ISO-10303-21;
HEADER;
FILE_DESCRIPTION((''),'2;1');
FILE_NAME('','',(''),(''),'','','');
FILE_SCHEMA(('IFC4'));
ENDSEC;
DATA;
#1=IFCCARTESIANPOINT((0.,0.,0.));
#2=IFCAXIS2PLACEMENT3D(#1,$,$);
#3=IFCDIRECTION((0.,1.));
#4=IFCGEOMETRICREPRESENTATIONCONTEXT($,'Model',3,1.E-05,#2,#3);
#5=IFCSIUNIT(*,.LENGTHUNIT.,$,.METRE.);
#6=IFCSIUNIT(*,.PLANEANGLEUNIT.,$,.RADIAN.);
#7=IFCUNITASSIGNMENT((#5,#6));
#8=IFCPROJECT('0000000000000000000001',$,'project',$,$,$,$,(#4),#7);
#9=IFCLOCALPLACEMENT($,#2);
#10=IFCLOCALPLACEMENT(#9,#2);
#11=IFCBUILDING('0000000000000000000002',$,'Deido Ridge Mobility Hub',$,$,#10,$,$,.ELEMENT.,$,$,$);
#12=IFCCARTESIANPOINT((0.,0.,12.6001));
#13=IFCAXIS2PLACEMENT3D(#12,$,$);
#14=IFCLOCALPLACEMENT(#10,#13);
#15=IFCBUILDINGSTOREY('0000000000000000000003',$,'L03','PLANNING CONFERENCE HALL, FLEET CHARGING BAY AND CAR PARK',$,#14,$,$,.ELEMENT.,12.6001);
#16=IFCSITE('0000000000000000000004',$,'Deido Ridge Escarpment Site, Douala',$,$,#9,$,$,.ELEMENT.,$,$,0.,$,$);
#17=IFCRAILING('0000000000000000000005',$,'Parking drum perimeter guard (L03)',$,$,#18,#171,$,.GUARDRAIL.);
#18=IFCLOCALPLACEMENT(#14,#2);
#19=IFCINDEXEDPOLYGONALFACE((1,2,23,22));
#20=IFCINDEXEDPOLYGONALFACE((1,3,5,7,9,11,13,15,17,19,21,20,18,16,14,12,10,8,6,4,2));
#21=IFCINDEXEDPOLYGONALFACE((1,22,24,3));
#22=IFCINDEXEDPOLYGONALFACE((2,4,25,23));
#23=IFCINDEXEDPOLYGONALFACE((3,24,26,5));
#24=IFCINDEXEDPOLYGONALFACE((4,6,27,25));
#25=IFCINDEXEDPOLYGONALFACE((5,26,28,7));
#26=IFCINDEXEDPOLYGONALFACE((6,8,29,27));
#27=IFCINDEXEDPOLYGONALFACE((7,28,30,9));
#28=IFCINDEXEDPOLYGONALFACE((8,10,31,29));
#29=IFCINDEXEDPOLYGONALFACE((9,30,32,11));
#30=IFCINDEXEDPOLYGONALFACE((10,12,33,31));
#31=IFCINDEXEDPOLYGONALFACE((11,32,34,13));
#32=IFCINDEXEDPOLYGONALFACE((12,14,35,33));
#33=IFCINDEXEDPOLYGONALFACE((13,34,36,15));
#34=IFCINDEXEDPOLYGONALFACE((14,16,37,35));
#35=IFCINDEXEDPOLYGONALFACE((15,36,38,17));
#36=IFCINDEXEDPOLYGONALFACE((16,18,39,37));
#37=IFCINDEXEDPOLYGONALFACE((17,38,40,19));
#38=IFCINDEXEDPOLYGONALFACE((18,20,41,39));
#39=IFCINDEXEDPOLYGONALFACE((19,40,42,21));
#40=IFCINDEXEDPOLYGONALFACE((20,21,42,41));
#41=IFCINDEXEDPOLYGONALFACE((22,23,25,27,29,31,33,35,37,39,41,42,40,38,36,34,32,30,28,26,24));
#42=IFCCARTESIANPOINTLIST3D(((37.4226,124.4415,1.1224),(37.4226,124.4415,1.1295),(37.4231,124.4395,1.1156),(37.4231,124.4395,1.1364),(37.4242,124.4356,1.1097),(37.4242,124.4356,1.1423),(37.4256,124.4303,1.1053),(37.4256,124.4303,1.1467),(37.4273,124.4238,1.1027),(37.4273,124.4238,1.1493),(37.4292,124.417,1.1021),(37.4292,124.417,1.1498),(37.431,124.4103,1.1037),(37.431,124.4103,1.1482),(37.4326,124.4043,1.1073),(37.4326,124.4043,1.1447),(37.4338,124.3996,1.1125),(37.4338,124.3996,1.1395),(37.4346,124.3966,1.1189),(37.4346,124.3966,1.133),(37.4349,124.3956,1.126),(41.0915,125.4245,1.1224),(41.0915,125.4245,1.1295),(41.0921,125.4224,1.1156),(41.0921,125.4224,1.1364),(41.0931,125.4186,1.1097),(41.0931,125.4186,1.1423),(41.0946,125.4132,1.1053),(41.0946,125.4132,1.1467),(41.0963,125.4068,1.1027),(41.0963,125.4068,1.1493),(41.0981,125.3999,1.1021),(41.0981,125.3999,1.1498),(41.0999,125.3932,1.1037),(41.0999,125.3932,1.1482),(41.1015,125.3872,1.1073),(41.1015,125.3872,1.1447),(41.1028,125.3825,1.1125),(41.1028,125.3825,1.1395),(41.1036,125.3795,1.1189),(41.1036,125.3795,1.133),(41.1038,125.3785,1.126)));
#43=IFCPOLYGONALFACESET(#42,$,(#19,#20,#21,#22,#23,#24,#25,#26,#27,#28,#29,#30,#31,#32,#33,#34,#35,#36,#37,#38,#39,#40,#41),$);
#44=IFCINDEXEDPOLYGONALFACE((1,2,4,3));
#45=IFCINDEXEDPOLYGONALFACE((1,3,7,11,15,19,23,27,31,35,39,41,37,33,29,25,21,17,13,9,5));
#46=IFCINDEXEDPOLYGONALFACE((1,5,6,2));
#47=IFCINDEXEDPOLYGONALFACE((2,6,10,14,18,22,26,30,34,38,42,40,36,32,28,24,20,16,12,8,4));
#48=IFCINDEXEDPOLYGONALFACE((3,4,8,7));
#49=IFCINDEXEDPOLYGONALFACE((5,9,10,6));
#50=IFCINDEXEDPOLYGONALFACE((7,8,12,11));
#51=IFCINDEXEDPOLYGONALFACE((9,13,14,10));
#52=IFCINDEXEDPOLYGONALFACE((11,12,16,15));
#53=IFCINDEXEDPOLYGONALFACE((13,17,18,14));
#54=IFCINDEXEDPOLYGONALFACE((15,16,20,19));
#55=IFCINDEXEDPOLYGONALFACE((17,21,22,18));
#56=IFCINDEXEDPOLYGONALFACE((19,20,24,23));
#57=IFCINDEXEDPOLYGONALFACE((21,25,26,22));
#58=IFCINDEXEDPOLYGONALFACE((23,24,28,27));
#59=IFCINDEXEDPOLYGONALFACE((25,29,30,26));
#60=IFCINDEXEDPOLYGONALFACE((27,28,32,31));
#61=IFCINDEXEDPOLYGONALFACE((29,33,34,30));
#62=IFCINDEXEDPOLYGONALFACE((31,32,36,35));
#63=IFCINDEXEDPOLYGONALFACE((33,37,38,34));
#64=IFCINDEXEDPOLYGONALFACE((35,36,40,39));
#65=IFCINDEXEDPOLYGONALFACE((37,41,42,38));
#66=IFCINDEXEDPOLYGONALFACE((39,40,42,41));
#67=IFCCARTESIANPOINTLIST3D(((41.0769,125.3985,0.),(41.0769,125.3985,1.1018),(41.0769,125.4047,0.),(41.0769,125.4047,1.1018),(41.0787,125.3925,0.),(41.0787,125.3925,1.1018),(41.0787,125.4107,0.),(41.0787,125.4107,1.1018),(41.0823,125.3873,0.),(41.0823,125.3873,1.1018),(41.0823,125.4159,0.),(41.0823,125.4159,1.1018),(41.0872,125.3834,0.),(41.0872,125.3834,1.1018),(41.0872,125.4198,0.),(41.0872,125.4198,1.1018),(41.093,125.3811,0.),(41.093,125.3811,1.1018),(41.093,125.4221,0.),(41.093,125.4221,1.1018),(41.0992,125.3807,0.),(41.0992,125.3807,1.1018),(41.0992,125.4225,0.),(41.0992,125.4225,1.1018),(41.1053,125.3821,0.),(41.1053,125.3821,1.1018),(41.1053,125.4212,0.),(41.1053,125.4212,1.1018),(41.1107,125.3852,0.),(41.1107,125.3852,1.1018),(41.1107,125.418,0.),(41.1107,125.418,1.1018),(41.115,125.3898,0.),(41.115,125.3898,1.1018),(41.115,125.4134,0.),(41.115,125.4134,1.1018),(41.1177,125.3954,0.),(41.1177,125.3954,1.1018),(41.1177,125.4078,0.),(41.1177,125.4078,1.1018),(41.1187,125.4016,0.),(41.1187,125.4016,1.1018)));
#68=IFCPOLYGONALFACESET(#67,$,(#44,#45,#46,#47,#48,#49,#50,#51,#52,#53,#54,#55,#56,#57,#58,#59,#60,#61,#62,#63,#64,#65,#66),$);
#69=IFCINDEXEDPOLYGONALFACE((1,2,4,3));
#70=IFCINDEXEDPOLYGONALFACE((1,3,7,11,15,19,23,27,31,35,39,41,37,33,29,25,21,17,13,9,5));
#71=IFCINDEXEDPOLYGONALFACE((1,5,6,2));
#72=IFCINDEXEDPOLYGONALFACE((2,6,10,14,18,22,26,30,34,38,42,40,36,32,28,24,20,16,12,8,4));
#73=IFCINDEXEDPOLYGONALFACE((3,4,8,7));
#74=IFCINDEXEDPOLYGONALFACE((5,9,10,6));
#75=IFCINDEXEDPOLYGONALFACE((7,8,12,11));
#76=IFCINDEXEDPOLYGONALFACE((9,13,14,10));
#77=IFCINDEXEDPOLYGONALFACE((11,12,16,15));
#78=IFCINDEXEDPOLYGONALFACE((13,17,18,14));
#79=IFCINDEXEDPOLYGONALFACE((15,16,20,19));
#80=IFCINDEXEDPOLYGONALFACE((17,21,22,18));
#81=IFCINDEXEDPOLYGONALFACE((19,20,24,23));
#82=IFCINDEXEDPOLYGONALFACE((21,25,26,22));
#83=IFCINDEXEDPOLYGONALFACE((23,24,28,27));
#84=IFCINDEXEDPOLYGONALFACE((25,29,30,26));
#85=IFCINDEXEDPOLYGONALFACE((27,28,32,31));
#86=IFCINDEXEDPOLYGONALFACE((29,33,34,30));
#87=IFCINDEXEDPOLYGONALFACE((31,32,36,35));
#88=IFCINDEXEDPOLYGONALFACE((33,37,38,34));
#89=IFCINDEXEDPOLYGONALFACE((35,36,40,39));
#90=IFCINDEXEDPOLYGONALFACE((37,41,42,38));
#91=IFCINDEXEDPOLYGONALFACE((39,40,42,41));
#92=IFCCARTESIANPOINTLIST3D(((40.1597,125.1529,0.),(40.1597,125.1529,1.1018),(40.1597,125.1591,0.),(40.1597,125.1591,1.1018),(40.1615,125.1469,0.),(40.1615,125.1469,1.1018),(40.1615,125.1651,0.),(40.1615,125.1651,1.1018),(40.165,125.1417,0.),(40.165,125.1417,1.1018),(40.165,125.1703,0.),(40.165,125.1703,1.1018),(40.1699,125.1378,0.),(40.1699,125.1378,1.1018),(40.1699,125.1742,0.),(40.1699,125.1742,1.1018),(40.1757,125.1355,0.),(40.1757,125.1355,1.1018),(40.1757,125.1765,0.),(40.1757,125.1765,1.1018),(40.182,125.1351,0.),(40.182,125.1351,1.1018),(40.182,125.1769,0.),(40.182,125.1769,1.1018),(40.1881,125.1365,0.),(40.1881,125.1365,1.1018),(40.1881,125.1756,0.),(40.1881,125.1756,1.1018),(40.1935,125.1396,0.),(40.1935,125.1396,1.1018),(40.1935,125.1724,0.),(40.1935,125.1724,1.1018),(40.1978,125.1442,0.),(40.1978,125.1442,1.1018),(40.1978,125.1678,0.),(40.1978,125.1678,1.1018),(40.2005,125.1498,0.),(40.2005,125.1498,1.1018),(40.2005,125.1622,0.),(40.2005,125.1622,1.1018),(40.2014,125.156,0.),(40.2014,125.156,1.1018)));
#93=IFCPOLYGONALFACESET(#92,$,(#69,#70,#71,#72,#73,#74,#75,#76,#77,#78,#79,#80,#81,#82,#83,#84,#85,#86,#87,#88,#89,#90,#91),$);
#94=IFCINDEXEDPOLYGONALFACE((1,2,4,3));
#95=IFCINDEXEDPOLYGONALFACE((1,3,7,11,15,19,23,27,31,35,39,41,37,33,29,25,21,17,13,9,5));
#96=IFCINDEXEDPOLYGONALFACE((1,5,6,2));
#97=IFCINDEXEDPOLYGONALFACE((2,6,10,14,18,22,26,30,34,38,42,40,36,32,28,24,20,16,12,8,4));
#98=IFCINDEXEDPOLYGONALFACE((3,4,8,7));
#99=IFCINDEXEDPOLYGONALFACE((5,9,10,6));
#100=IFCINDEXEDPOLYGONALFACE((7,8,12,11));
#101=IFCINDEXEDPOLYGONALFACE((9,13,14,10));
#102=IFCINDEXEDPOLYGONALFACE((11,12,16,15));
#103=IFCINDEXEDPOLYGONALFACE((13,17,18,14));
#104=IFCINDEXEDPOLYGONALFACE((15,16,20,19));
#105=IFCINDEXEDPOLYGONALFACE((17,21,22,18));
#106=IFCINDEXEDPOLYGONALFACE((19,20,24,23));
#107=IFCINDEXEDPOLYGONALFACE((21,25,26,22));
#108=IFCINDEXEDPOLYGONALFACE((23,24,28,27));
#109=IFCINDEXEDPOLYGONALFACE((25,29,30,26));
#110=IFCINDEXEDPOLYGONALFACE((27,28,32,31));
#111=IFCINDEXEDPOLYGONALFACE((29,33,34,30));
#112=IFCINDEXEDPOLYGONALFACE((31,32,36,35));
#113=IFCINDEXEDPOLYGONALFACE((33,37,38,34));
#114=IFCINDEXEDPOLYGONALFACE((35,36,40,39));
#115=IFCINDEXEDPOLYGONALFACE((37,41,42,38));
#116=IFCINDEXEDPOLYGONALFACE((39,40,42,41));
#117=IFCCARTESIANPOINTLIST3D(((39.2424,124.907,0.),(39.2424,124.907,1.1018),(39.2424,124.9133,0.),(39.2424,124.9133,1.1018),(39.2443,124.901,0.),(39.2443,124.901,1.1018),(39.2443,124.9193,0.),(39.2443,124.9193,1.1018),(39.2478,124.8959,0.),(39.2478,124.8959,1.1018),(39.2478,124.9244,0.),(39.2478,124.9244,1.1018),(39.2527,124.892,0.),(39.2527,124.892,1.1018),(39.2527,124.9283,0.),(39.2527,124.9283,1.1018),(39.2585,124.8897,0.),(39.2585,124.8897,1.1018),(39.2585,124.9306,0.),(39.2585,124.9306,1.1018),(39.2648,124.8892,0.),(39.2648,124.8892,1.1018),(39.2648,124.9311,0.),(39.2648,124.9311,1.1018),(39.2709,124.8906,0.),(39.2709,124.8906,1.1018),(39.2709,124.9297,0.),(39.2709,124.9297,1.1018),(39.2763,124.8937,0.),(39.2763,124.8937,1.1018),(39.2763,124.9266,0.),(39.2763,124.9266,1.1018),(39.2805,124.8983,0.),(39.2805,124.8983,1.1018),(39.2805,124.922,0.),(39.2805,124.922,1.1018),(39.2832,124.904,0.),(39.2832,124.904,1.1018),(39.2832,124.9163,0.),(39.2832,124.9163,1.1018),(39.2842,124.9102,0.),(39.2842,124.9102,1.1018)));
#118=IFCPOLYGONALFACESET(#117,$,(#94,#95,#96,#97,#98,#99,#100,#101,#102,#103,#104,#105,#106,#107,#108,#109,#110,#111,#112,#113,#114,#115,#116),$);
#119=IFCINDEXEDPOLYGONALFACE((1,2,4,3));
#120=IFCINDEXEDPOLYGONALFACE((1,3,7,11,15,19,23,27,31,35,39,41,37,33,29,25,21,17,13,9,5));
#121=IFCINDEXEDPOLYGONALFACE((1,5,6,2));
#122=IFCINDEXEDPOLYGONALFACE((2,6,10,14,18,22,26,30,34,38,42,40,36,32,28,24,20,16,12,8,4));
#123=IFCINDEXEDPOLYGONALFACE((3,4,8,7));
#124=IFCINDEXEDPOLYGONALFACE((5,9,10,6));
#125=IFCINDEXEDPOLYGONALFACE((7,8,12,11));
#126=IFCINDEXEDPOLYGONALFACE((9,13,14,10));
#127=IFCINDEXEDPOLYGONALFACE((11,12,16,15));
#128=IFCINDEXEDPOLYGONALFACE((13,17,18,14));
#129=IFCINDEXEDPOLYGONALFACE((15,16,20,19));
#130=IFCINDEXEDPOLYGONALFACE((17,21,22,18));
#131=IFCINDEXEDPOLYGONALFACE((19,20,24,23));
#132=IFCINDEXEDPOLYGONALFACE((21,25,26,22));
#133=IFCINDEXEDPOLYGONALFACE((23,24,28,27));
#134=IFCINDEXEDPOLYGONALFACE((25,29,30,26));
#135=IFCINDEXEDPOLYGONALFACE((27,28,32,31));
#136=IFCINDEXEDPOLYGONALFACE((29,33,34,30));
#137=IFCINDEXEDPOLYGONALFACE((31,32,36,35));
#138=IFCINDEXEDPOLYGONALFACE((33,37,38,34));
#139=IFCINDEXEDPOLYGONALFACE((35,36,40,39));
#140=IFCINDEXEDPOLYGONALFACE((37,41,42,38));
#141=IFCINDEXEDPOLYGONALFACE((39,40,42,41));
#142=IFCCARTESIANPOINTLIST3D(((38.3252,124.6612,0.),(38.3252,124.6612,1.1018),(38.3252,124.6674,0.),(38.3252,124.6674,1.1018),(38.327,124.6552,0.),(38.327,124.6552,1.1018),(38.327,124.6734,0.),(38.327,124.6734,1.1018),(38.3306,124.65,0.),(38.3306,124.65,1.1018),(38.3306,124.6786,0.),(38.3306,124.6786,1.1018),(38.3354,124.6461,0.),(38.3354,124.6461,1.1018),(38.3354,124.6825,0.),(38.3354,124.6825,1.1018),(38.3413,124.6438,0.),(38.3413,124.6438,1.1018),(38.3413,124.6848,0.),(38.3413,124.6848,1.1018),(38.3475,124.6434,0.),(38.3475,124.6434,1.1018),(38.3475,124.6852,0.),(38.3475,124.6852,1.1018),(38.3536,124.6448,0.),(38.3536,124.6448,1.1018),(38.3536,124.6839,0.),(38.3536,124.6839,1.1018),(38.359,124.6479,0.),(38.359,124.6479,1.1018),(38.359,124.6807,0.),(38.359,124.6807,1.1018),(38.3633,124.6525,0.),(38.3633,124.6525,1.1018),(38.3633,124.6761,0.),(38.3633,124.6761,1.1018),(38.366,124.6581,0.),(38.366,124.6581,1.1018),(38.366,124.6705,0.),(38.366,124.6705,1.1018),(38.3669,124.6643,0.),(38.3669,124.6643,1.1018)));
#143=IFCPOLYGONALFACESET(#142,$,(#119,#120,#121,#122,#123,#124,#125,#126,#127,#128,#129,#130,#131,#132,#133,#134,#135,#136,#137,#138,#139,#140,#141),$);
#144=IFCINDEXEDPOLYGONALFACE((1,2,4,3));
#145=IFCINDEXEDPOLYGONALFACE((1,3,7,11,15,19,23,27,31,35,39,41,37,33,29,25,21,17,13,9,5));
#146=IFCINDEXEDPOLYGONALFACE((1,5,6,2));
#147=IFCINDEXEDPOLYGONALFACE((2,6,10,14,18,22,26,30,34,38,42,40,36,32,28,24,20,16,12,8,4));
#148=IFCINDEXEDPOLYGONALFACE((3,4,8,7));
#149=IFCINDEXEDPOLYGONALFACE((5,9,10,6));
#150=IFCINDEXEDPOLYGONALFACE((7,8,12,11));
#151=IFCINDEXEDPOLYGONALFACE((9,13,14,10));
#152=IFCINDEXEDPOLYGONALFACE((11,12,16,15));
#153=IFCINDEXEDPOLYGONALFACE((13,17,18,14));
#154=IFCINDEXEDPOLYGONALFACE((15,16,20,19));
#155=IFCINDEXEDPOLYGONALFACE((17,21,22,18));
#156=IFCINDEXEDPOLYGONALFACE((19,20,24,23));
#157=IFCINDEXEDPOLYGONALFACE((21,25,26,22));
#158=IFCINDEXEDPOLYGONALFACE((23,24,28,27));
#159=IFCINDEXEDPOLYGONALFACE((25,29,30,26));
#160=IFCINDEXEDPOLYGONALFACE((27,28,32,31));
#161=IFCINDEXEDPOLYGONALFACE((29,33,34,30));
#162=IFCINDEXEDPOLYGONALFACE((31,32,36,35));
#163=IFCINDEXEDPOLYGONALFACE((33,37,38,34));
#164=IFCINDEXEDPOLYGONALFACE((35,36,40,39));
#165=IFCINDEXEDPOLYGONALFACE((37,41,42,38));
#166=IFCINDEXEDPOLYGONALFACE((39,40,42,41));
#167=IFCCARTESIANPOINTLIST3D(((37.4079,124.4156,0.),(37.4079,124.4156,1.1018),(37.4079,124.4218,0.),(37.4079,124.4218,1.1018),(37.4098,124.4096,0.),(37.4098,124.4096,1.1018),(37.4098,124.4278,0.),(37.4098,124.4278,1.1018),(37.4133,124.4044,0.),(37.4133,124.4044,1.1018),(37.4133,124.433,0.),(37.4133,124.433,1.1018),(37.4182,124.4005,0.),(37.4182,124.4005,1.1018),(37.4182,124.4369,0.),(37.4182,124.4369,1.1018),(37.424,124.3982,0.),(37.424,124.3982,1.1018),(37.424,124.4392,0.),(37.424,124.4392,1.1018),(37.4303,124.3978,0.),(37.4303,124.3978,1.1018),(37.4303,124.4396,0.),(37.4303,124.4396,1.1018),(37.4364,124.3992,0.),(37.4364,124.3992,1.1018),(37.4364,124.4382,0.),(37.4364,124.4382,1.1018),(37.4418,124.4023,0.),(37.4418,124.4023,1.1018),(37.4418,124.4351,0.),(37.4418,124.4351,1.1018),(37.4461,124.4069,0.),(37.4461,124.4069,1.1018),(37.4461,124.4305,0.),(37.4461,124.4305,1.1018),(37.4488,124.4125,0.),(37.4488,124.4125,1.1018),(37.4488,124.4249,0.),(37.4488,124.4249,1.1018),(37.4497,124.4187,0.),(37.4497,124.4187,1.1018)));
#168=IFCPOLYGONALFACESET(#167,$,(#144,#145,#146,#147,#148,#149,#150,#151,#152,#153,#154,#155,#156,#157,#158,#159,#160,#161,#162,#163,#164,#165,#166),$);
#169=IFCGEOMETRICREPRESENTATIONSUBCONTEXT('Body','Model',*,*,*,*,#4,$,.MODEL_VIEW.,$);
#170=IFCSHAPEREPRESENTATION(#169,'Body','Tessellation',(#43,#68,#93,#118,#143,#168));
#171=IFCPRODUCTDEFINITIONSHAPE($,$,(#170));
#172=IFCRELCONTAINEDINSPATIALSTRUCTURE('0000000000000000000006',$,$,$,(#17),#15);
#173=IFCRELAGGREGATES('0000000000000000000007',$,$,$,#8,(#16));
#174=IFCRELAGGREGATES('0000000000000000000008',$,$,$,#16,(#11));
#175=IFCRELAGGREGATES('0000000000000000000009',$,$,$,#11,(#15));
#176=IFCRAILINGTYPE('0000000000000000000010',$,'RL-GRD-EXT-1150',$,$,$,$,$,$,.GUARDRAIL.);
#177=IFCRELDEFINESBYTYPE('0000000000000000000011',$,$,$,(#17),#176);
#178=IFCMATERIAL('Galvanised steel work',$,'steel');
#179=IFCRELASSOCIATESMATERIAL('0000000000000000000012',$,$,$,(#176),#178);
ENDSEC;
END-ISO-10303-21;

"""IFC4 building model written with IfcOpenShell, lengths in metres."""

from ifc_helpers import new_model, si_unit, direction, frame, origin, origin_2d, place, context, subcontext, project, spatial, circle, extrude, material, type_object, element, save


model = new_model("IFC4")

# Units and contexts
model_context = context("Model", 3, precision=1e-05, world=origin(), true_north=direction((0.0, 1.0)))
body_context = subcontext(model_context, "Body", "Model", "MODEL_VIEW")
ifc_project = project(units=[si_unit("LENGTHUNIT", "METRE"), si_unit("PLANEANGLEUNIT", "RADIAN")], contexts=[model_context])

# Site, building, storey
site_placement = place(None, origin())
site = spatial("IfcSite", under=ifc_project, at=site_placement, Name="Deido Ridge Escarpment Site, Douala", CompositionType="ELEMENT", RefElevation=0.0)
building_placement = place(site_placement, origin())
building = spatial("IfcBuilding", under=site, at=building_placement, Name="Deido Ridge Mobility Hub", CompositionType="ELEMENT")
storey_placement = place(building_placement, frame((0.0, 0.0, 12.6001)))
storey = spatial("IfcBuildingStorey", under=building, at=storey_placement, Name="L03", Description="PLANNING CONFERENCE HALL, FLEET CHARGING BAY AND CAR PARK", CompositionType="ELEMENT", Elevation=12.6001)

# Railing
ifc_material_1 = material(Name="Galvanised steel work", Category="steel")
railing_type = type_object("IfcRailingType", Name="RL-GRD-EXT-1150", PredefinedType="GUARDRAIL", material=ifc_material_1)
railing_1_placement = place(storey_placement, frame((41.0977, 125.4016, 0.0)))
element("IfcRailing", 1, at=railing_1_placement, inside=storey, type_object=railing_type, Name="Parking drum perimeter guard (L03)", PredefinedType="GUARDRAIL", context=body_context, shape_type="SweptSolid", body=[
    extrude(circle(Radius=0.0239, at=origin_2d()), frame((0.0, 0.0, 1.126), z_axis=(-0.965938, -0.258775, 0.0), x_axis=(0.258775, -0.965938, 0.0)), (0.0, 0.0, 1.0), 3.7983),
    extrude(circle(Radius=0.021, at=origin_2d()), origin(), (0.0, 0.0, 1.0), 1.1018),
    extrude(circle(Radius=0.021, at=origin_2d()), frame((-0.9172, -0.2456, 0.0)), (0.0, 0.0, 1.0), 1.1018),
    extrude(circle(Radius=0.021, at=origin_2d()), frame((-1.8345, -0.4915, 0.0)), (0.0, 0.0, 1.0), 1.1018),
    extrude(circle(Radius=0.021, at=origin_2d()), frame((-2.7517, -0.7373, 0.0)), (0.0, 0.0, 1.0), 1.1018),
    extrude(circle(Radius=0.021, at=origin_2d()), frame((-3.6689, -0.9829, 0.0)), (0.0, 0.0, 1.0), 1.1018),
])

save(model, "model.ifc")
